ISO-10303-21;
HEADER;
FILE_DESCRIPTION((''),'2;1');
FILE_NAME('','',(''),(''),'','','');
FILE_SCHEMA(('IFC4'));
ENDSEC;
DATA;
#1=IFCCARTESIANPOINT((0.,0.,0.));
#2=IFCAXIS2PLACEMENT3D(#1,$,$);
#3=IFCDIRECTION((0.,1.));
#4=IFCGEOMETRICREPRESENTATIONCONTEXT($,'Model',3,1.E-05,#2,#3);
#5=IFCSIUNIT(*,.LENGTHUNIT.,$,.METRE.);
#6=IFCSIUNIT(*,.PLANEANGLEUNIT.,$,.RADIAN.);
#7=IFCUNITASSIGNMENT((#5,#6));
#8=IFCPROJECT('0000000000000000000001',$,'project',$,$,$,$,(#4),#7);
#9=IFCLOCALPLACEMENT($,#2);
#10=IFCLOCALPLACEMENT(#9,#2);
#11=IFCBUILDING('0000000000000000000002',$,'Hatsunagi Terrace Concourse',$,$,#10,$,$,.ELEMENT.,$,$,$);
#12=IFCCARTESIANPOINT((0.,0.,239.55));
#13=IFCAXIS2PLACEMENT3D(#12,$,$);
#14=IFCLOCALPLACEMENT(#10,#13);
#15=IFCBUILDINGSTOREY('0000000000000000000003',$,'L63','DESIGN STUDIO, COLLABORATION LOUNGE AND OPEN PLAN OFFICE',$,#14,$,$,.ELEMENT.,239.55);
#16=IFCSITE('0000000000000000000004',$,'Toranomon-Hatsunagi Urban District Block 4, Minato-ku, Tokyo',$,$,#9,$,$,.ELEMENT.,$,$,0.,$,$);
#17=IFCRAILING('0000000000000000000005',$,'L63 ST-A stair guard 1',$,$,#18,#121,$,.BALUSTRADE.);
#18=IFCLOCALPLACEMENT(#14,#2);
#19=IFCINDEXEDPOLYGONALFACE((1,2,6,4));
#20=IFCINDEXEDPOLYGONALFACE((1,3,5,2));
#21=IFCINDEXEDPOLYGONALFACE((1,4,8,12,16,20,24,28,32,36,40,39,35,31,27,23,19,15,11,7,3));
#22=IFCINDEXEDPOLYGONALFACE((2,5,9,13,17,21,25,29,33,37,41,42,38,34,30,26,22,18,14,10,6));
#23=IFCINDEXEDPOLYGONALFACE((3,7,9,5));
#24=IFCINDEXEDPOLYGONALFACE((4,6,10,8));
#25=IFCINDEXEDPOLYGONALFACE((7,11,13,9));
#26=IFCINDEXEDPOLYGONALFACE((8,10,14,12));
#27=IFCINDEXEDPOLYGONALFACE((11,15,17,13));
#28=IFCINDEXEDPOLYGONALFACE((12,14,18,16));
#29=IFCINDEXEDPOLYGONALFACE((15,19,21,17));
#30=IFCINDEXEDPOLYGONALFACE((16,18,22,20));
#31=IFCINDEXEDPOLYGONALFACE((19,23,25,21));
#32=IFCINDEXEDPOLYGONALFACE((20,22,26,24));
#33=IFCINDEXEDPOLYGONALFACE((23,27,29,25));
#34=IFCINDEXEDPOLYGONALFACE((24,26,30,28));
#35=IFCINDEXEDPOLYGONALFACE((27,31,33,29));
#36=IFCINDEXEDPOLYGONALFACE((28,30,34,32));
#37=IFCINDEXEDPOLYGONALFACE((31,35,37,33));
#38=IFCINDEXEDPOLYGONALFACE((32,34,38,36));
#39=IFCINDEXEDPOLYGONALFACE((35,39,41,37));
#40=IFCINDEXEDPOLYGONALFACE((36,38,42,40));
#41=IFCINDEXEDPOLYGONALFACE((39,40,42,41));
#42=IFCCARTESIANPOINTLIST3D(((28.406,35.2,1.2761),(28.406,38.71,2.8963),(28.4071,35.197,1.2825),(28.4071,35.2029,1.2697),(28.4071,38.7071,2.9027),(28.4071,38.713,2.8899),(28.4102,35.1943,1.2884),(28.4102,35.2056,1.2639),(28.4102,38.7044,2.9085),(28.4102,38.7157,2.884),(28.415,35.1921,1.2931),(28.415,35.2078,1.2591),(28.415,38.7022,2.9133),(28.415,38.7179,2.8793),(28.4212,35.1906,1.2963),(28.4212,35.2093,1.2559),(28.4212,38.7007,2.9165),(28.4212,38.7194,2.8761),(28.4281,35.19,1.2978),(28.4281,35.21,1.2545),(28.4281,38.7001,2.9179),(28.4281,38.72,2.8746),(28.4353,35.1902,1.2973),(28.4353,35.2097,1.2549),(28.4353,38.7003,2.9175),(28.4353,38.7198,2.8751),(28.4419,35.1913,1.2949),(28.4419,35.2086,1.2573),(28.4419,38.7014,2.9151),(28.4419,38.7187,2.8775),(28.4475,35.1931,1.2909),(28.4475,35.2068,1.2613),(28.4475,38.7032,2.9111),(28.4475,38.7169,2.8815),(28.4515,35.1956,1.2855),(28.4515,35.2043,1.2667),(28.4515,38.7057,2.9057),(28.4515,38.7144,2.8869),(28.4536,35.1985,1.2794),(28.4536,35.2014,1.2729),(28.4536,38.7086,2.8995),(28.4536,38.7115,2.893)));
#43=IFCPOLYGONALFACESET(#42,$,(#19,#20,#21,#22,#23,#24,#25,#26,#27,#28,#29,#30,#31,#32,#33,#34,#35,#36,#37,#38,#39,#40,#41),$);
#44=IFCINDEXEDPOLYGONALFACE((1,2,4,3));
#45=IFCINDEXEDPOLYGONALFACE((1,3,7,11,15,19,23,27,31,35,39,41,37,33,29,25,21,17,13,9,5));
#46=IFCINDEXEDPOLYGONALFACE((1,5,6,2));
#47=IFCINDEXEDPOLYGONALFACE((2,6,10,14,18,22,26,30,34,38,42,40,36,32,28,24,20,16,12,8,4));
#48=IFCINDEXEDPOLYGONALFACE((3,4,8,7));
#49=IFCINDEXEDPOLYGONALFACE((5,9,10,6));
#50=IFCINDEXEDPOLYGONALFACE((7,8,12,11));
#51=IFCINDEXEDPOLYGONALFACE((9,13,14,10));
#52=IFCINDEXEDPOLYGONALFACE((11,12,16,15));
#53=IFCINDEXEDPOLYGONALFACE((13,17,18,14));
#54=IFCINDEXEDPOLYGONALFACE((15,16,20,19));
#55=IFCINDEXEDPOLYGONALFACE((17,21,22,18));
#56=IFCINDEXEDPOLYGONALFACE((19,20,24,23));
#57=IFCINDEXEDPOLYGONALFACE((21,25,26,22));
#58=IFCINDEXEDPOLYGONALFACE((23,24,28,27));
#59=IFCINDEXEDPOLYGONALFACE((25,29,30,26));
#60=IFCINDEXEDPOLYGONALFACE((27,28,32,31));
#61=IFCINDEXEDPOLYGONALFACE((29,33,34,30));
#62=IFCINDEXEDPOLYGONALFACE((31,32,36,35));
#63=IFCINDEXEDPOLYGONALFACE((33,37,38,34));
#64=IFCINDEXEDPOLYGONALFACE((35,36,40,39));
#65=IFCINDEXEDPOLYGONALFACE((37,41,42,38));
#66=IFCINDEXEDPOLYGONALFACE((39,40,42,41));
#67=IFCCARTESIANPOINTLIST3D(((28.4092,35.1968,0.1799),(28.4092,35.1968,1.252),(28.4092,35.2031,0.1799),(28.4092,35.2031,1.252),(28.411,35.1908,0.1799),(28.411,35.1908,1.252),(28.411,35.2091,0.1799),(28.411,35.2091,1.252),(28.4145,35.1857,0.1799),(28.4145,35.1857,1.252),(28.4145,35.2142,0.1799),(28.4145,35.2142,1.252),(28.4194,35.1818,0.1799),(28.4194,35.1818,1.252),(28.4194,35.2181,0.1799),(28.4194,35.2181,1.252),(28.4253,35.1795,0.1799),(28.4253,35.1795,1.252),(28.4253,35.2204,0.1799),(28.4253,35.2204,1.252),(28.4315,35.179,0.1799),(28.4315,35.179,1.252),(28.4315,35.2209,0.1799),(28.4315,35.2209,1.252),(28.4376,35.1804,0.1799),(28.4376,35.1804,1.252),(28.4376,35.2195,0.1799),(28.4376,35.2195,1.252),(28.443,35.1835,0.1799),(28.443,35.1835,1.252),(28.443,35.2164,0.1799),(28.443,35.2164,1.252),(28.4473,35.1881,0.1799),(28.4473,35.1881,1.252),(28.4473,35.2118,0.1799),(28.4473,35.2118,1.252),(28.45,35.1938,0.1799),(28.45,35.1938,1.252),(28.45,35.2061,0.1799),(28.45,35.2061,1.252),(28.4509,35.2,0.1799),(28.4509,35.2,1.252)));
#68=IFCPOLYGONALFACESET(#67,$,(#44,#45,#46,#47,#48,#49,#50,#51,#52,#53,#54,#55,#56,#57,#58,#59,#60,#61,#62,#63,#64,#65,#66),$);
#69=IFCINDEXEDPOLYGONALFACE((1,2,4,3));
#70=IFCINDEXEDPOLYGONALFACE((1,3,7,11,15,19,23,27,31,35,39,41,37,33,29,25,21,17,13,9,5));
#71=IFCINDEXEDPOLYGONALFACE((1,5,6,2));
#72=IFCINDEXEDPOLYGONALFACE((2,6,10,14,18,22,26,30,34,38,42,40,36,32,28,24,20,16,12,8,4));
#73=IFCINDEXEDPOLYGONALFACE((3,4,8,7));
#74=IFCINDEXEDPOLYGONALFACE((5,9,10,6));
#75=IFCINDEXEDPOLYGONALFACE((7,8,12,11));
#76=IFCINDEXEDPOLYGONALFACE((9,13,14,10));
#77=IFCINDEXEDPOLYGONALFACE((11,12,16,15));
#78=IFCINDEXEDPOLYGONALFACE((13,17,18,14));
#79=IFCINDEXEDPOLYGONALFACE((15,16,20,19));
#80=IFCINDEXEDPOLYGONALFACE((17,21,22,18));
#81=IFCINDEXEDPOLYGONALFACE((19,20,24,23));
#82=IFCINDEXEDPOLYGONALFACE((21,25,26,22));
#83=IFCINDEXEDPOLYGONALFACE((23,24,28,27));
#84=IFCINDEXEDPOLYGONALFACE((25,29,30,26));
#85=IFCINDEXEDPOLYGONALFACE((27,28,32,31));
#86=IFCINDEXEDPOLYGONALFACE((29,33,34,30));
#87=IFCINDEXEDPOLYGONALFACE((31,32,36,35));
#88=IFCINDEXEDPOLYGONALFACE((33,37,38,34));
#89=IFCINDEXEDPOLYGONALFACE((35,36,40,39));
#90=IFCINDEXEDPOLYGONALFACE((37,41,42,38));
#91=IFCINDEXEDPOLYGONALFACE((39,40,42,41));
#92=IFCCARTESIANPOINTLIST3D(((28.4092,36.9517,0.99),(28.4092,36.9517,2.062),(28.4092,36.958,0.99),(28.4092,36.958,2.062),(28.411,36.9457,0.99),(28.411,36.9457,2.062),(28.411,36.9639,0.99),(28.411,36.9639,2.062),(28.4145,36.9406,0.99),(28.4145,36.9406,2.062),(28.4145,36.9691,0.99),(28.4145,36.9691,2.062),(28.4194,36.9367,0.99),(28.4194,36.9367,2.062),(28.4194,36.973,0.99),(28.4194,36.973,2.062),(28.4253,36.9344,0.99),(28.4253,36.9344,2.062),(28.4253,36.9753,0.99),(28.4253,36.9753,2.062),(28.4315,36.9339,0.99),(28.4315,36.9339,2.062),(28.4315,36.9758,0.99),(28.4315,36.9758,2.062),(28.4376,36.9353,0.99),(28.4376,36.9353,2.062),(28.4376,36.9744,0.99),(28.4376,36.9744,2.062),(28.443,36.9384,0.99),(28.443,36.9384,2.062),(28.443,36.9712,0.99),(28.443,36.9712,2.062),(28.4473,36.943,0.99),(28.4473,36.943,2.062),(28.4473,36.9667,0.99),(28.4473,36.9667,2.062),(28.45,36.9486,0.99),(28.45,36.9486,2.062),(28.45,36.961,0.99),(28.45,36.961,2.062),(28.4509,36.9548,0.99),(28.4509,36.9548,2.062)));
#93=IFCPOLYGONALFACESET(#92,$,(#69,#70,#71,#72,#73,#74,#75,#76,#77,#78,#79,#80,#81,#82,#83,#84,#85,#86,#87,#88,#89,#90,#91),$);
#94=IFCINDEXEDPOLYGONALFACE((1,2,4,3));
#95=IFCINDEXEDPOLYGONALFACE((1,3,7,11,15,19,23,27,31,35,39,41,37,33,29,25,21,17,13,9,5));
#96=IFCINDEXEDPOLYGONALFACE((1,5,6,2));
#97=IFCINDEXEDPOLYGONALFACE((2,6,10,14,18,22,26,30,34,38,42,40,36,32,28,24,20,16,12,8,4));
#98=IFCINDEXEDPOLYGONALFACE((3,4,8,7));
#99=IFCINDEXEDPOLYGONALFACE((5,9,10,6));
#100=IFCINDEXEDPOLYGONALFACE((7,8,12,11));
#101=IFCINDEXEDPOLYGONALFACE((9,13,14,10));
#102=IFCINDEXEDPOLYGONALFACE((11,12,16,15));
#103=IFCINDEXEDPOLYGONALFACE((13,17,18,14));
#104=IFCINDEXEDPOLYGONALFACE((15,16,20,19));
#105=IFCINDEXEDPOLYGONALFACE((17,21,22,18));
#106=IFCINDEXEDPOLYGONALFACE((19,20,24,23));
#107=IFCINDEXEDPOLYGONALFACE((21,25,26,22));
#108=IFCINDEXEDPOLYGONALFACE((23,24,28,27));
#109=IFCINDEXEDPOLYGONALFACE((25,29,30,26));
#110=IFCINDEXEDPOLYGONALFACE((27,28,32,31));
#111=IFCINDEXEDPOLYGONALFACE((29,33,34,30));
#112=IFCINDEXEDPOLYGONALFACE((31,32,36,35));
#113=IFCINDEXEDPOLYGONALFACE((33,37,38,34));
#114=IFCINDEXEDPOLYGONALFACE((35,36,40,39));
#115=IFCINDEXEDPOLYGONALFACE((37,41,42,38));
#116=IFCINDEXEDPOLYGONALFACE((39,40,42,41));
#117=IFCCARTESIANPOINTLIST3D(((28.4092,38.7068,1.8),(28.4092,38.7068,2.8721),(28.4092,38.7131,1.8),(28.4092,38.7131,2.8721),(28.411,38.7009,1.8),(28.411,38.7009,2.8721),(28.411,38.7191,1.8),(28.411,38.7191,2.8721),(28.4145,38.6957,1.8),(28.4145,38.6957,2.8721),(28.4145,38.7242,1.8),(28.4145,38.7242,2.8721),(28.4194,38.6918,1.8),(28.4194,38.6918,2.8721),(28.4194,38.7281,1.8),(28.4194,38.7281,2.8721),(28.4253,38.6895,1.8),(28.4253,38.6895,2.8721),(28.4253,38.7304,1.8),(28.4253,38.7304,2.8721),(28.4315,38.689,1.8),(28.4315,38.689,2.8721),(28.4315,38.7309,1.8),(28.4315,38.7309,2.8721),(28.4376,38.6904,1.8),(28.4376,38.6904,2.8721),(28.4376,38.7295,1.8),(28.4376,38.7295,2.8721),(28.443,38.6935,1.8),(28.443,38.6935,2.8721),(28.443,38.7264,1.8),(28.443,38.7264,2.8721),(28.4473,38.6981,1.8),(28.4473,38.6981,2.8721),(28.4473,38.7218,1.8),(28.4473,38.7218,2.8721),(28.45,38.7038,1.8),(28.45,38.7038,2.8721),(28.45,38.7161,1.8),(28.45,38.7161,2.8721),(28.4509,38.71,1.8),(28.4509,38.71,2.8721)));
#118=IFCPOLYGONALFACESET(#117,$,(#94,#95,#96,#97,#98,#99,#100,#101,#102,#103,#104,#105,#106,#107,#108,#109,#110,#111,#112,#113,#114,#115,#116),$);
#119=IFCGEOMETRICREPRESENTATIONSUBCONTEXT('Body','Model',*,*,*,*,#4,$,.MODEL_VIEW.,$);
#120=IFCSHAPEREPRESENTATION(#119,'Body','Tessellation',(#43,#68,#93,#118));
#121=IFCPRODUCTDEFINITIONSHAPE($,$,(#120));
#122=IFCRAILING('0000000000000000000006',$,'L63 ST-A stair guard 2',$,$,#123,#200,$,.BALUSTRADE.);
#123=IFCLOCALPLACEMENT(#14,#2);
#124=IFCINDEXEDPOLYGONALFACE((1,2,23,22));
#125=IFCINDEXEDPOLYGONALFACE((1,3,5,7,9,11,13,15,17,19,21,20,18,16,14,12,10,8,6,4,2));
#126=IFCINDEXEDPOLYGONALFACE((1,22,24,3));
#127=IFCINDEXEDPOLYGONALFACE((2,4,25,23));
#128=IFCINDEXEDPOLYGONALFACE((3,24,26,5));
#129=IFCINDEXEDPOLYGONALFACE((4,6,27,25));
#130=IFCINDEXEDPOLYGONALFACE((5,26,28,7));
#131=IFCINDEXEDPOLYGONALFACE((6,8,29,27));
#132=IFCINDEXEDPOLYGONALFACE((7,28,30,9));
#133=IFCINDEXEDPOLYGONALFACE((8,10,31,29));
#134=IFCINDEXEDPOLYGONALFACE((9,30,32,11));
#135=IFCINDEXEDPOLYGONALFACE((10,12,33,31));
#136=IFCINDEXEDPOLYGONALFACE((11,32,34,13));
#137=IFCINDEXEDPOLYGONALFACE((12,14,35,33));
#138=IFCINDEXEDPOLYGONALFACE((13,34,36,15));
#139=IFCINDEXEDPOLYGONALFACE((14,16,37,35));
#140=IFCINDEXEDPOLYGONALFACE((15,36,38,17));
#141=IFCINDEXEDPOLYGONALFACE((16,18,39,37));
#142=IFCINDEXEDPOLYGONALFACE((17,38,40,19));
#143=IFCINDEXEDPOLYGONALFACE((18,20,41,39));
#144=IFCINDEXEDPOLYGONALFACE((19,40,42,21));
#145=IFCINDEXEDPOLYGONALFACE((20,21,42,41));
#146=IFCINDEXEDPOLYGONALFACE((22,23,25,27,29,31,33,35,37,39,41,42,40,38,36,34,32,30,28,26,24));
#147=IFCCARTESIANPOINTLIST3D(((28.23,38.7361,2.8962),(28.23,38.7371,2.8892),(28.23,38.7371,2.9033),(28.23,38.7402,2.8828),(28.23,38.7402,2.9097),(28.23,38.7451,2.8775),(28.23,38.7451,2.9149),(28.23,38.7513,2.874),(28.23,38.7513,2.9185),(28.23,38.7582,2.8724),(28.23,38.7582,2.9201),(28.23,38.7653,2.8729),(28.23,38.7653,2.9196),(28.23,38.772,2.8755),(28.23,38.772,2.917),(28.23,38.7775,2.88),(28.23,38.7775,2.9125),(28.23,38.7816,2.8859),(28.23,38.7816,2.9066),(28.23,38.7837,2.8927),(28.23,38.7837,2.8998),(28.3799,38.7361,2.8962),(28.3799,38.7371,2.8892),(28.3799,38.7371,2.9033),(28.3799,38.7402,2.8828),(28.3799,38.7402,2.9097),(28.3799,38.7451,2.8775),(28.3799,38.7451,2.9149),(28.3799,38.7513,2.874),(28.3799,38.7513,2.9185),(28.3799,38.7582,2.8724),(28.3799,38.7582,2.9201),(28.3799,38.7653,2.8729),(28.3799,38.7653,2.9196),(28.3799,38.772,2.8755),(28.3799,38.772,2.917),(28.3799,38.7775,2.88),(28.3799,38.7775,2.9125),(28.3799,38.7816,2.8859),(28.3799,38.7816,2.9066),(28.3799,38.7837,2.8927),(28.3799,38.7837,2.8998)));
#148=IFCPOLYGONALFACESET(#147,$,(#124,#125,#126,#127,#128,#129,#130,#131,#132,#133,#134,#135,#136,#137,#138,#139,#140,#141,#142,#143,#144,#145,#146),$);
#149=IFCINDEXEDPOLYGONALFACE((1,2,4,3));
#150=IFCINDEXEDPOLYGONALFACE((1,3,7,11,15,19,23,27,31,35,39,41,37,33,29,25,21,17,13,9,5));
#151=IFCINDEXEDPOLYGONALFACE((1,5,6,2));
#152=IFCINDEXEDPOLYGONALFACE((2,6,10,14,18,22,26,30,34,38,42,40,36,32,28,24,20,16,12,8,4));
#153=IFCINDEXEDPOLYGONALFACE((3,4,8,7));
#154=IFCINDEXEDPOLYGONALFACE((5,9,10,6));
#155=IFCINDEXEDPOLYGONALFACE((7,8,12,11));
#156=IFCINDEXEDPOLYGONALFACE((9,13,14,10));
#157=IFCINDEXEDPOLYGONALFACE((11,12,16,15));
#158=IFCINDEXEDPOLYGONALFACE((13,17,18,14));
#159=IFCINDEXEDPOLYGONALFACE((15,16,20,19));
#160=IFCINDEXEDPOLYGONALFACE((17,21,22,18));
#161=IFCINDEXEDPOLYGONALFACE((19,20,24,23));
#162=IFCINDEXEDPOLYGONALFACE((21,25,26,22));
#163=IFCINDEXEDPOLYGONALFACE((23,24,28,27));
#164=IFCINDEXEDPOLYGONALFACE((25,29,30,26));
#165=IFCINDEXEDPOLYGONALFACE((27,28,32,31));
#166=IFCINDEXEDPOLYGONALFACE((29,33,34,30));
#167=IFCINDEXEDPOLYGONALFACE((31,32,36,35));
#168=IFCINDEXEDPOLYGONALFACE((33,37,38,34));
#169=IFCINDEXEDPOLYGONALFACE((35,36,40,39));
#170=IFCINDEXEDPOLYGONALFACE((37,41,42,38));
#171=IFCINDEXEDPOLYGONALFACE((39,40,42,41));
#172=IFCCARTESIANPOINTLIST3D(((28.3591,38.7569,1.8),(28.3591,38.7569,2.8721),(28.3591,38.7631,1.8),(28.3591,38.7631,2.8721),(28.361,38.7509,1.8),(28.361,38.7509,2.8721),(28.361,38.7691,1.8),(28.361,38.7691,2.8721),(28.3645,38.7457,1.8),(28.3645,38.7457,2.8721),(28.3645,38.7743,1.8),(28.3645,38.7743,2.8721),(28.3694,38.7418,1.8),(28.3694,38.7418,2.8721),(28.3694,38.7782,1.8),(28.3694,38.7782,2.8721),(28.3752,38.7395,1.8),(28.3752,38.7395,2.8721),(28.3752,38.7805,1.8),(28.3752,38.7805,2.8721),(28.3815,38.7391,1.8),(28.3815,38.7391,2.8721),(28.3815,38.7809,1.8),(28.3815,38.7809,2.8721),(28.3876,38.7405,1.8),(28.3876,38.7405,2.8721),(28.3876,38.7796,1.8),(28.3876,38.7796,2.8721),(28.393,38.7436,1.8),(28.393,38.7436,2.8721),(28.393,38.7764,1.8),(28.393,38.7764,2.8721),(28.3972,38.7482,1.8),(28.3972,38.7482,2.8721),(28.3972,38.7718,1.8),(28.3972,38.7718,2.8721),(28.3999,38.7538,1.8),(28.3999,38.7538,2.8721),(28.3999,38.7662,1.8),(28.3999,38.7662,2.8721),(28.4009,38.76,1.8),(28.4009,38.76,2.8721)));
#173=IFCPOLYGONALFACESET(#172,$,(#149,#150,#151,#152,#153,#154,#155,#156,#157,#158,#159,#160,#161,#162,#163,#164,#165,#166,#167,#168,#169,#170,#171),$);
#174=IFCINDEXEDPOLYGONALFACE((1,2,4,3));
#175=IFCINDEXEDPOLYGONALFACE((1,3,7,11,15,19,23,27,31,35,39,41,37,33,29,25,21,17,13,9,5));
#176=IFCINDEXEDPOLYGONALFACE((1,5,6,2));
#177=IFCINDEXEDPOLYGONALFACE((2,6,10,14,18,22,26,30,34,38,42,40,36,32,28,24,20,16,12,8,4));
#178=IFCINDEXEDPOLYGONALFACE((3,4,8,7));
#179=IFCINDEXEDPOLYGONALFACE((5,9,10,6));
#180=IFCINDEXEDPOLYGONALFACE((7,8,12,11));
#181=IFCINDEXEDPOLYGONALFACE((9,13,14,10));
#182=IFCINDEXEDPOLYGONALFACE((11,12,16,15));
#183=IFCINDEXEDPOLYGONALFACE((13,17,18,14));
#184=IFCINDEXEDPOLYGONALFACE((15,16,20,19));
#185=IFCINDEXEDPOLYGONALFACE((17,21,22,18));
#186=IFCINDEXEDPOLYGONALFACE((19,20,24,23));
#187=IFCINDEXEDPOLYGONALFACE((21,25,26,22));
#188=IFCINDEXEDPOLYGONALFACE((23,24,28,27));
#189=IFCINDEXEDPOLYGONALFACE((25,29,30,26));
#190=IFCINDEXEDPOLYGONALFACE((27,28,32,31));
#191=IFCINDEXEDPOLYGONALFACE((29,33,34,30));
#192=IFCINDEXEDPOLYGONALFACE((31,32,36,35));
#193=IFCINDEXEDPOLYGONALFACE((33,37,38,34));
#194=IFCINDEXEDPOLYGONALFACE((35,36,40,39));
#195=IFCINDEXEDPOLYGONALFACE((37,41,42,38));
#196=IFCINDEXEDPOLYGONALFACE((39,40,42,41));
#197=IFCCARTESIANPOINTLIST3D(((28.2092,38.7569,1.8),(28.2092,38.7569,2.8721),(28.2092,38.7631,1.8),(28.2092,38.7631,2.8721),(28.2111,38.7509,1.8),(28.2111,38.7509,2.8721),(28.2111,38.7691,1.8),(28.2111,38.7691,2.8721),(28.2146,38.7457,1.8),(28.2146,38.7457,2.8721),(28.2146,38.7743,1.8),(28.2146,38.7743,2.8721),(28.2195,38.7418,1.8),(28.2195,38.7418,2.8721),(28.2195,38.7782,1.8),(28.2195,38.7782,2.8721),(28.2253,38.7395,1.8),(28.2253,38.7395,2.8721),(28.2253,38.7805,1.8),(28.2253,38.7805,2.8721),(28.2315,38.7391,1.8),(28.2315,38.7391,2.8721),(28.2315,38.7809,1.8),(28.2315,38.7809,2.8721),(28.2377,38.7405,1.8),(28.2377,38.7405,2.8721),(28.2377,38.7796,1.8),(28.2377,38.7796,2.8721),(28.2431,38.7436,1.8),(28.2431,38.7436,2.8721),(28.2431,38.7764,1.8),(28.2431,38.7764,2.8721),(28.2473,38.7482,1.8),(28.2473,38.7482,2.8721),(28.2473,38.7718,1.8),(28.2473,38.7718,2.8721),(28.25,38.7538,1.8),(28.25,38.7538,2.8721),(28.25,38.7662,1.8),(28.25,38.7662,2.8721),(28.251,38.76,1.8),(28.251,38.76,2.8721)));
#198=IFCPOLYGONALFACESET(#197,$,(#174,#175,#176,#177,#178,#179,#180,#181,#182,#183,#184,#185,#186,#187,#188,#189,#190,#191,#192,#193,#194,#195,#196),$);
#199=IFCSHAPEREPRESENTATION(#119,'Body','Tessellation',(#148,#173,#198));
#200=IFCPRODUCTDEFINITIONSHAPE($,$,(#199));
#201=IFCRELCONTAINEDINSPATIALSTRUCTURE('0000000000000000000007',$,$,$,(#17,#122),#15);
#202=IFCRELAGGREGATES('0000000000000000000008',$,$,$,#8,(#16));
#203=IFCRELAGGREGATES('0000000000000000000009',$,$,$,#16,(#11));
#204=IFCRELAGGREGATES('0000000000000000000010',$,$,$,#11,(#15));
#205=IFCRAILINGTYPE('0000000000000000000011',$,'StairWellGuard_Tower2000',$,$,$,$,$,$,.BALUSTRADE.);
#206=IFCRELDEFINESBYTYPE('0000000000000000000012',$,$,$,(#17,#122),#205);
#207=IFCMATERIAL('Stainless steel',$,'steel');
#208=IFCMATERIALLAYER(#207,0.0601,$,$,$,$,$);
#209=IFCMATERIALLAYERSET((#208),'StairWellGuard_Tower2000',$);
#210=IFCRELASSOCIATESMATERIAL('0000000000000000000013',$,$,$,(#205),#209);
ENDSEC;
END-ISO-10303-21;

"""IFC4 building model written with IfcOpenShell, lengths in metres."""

from ifc_helpers import new_model, si_unit, direction, frame, origin, origin_2d, place, context, subcontext, project, spatial, circle, extrude, material, layer, layer_set, type_object, element, save


model = new_model("IFC4")

# Units and contexts
model_context = context("Model", 3, precision=1e-05, world=origin(), true_north=direction((0.0, 1.0)))
body_context = subcontext(model_context, "Body", "Model", "MODEL_VIEW")
ifc_project = project(units=[si_unit("LENGTHUNIT", "METRE"), si_unit("PLANEANGLEUNIT", "RADIAN")], contexts=[model_context])

# Site, building, storey
site_placement = place(None, origin())
site = spatial("IfcSite", under=ifc_project, at=site_placement, Name="Toranomon-Hatsunagi Urban District Block 4, Minato-ku, Tokyo", CompositionType="ELEMENT", RefElevation=0.0)
building_placement = place(site_placement, origin())
building = spatial("IfcBuilding", under=site, at=building_placement, Name="Hatsunagi Terrace Concourse", CompositionType="ELEMENT")
storey_placement = place(building_placement, frame((0.0, 0.0, 239.55)))
storey = spatial("IfcBuildingStorey", under=building, at=storey_placement, Name="L63", Description="DESIGN STUDIO, COLLABORATION LOUNGE AND OPEN PLAN OFFICE", CompositionType="ELEMENT", Elevation=239.55)

# Railings
ifc_material_1 = material(Name="Stainless steel", Category="steel")
ifc_layer_1 = layer(ifc_material_1, 0.0601)
ifc_layer_set_1 = layer_set([ifc_layer_1], Name="StairWellGuard_Tower2000")
railing_type_1 = type_object("IfcRailingType", Name="StairWellGuard_Tower2000", PredefinedType="BALUSTRADE", material=ifc_layer_set_1)
railing_1_placement = place(storey_placement, frame((28.4299, 35.2, 0.1799)))
element("IfcRailing", 1, at=railing_1_placement, inside=storey, type_object=railing_type_1, Name="L63 ST-A stair guard 1", PredefinedType="BALUSTRADE", context=body_context, shape_type="SweptSolid", body=[
    extrude(circle(Radius=0.0239, at=origin_2d()), frame((0.0, 0.0, 1.0962), z_axis=(0.0, 0.907948, 0.419082), x_axis=(-1.0, 0.0, 0.0)), (0.0, 0.0, 1.0), 3.866),
    extrude(circle(Radius=0.021, at=origin_2d()), origin(), (0.0, 0.0, 1.0), 1.072),
    extrude(circle(Radius=0.021, at=origin_2d()), frame((0.0, 1.7549, 0.8101)), (0.0, 0.0, 1.0), 1.072),
    extrude(circle(Radius=0.021, at=origin_2d()), frame((0.0, 3.51, 1.6201)), (0.0, 0.0, 1.0), 1.072),
])
railing_2_placement = place(storey_placement, frame((28.3799, 38.76, 1.8)))
element("IfcRailing", 2, at=railing_2_placement, inside=storey, type_object=railing_type_1, Name="L63 ST-A stair guard 2", PredefinedType="BALUSTRADE", context=body_context, shape_type="SweptSolid", body=[
    extrude(circle(Radius=0.0239, at=origin_2d()), frame((0.0, 0.0, 1.0962), z_axis=(-1.0, 0.0, 0.0), x_axis=(0.0, -1.0, 0.0)), (0.0, 0.0, 1.0), 0.1499),
    extrude(circle(Radius=0.021, at=origin_2d()), origin(), (0.0, 0.0, 1.0), 1.072),
    extrude(circle(Radius=0.021, at=origin_2d()), frame((-0.1499, 0.0, 0.0)), (0.0, 0.0, 1.0), 1.072),
])

save(model, "model.ifc")
